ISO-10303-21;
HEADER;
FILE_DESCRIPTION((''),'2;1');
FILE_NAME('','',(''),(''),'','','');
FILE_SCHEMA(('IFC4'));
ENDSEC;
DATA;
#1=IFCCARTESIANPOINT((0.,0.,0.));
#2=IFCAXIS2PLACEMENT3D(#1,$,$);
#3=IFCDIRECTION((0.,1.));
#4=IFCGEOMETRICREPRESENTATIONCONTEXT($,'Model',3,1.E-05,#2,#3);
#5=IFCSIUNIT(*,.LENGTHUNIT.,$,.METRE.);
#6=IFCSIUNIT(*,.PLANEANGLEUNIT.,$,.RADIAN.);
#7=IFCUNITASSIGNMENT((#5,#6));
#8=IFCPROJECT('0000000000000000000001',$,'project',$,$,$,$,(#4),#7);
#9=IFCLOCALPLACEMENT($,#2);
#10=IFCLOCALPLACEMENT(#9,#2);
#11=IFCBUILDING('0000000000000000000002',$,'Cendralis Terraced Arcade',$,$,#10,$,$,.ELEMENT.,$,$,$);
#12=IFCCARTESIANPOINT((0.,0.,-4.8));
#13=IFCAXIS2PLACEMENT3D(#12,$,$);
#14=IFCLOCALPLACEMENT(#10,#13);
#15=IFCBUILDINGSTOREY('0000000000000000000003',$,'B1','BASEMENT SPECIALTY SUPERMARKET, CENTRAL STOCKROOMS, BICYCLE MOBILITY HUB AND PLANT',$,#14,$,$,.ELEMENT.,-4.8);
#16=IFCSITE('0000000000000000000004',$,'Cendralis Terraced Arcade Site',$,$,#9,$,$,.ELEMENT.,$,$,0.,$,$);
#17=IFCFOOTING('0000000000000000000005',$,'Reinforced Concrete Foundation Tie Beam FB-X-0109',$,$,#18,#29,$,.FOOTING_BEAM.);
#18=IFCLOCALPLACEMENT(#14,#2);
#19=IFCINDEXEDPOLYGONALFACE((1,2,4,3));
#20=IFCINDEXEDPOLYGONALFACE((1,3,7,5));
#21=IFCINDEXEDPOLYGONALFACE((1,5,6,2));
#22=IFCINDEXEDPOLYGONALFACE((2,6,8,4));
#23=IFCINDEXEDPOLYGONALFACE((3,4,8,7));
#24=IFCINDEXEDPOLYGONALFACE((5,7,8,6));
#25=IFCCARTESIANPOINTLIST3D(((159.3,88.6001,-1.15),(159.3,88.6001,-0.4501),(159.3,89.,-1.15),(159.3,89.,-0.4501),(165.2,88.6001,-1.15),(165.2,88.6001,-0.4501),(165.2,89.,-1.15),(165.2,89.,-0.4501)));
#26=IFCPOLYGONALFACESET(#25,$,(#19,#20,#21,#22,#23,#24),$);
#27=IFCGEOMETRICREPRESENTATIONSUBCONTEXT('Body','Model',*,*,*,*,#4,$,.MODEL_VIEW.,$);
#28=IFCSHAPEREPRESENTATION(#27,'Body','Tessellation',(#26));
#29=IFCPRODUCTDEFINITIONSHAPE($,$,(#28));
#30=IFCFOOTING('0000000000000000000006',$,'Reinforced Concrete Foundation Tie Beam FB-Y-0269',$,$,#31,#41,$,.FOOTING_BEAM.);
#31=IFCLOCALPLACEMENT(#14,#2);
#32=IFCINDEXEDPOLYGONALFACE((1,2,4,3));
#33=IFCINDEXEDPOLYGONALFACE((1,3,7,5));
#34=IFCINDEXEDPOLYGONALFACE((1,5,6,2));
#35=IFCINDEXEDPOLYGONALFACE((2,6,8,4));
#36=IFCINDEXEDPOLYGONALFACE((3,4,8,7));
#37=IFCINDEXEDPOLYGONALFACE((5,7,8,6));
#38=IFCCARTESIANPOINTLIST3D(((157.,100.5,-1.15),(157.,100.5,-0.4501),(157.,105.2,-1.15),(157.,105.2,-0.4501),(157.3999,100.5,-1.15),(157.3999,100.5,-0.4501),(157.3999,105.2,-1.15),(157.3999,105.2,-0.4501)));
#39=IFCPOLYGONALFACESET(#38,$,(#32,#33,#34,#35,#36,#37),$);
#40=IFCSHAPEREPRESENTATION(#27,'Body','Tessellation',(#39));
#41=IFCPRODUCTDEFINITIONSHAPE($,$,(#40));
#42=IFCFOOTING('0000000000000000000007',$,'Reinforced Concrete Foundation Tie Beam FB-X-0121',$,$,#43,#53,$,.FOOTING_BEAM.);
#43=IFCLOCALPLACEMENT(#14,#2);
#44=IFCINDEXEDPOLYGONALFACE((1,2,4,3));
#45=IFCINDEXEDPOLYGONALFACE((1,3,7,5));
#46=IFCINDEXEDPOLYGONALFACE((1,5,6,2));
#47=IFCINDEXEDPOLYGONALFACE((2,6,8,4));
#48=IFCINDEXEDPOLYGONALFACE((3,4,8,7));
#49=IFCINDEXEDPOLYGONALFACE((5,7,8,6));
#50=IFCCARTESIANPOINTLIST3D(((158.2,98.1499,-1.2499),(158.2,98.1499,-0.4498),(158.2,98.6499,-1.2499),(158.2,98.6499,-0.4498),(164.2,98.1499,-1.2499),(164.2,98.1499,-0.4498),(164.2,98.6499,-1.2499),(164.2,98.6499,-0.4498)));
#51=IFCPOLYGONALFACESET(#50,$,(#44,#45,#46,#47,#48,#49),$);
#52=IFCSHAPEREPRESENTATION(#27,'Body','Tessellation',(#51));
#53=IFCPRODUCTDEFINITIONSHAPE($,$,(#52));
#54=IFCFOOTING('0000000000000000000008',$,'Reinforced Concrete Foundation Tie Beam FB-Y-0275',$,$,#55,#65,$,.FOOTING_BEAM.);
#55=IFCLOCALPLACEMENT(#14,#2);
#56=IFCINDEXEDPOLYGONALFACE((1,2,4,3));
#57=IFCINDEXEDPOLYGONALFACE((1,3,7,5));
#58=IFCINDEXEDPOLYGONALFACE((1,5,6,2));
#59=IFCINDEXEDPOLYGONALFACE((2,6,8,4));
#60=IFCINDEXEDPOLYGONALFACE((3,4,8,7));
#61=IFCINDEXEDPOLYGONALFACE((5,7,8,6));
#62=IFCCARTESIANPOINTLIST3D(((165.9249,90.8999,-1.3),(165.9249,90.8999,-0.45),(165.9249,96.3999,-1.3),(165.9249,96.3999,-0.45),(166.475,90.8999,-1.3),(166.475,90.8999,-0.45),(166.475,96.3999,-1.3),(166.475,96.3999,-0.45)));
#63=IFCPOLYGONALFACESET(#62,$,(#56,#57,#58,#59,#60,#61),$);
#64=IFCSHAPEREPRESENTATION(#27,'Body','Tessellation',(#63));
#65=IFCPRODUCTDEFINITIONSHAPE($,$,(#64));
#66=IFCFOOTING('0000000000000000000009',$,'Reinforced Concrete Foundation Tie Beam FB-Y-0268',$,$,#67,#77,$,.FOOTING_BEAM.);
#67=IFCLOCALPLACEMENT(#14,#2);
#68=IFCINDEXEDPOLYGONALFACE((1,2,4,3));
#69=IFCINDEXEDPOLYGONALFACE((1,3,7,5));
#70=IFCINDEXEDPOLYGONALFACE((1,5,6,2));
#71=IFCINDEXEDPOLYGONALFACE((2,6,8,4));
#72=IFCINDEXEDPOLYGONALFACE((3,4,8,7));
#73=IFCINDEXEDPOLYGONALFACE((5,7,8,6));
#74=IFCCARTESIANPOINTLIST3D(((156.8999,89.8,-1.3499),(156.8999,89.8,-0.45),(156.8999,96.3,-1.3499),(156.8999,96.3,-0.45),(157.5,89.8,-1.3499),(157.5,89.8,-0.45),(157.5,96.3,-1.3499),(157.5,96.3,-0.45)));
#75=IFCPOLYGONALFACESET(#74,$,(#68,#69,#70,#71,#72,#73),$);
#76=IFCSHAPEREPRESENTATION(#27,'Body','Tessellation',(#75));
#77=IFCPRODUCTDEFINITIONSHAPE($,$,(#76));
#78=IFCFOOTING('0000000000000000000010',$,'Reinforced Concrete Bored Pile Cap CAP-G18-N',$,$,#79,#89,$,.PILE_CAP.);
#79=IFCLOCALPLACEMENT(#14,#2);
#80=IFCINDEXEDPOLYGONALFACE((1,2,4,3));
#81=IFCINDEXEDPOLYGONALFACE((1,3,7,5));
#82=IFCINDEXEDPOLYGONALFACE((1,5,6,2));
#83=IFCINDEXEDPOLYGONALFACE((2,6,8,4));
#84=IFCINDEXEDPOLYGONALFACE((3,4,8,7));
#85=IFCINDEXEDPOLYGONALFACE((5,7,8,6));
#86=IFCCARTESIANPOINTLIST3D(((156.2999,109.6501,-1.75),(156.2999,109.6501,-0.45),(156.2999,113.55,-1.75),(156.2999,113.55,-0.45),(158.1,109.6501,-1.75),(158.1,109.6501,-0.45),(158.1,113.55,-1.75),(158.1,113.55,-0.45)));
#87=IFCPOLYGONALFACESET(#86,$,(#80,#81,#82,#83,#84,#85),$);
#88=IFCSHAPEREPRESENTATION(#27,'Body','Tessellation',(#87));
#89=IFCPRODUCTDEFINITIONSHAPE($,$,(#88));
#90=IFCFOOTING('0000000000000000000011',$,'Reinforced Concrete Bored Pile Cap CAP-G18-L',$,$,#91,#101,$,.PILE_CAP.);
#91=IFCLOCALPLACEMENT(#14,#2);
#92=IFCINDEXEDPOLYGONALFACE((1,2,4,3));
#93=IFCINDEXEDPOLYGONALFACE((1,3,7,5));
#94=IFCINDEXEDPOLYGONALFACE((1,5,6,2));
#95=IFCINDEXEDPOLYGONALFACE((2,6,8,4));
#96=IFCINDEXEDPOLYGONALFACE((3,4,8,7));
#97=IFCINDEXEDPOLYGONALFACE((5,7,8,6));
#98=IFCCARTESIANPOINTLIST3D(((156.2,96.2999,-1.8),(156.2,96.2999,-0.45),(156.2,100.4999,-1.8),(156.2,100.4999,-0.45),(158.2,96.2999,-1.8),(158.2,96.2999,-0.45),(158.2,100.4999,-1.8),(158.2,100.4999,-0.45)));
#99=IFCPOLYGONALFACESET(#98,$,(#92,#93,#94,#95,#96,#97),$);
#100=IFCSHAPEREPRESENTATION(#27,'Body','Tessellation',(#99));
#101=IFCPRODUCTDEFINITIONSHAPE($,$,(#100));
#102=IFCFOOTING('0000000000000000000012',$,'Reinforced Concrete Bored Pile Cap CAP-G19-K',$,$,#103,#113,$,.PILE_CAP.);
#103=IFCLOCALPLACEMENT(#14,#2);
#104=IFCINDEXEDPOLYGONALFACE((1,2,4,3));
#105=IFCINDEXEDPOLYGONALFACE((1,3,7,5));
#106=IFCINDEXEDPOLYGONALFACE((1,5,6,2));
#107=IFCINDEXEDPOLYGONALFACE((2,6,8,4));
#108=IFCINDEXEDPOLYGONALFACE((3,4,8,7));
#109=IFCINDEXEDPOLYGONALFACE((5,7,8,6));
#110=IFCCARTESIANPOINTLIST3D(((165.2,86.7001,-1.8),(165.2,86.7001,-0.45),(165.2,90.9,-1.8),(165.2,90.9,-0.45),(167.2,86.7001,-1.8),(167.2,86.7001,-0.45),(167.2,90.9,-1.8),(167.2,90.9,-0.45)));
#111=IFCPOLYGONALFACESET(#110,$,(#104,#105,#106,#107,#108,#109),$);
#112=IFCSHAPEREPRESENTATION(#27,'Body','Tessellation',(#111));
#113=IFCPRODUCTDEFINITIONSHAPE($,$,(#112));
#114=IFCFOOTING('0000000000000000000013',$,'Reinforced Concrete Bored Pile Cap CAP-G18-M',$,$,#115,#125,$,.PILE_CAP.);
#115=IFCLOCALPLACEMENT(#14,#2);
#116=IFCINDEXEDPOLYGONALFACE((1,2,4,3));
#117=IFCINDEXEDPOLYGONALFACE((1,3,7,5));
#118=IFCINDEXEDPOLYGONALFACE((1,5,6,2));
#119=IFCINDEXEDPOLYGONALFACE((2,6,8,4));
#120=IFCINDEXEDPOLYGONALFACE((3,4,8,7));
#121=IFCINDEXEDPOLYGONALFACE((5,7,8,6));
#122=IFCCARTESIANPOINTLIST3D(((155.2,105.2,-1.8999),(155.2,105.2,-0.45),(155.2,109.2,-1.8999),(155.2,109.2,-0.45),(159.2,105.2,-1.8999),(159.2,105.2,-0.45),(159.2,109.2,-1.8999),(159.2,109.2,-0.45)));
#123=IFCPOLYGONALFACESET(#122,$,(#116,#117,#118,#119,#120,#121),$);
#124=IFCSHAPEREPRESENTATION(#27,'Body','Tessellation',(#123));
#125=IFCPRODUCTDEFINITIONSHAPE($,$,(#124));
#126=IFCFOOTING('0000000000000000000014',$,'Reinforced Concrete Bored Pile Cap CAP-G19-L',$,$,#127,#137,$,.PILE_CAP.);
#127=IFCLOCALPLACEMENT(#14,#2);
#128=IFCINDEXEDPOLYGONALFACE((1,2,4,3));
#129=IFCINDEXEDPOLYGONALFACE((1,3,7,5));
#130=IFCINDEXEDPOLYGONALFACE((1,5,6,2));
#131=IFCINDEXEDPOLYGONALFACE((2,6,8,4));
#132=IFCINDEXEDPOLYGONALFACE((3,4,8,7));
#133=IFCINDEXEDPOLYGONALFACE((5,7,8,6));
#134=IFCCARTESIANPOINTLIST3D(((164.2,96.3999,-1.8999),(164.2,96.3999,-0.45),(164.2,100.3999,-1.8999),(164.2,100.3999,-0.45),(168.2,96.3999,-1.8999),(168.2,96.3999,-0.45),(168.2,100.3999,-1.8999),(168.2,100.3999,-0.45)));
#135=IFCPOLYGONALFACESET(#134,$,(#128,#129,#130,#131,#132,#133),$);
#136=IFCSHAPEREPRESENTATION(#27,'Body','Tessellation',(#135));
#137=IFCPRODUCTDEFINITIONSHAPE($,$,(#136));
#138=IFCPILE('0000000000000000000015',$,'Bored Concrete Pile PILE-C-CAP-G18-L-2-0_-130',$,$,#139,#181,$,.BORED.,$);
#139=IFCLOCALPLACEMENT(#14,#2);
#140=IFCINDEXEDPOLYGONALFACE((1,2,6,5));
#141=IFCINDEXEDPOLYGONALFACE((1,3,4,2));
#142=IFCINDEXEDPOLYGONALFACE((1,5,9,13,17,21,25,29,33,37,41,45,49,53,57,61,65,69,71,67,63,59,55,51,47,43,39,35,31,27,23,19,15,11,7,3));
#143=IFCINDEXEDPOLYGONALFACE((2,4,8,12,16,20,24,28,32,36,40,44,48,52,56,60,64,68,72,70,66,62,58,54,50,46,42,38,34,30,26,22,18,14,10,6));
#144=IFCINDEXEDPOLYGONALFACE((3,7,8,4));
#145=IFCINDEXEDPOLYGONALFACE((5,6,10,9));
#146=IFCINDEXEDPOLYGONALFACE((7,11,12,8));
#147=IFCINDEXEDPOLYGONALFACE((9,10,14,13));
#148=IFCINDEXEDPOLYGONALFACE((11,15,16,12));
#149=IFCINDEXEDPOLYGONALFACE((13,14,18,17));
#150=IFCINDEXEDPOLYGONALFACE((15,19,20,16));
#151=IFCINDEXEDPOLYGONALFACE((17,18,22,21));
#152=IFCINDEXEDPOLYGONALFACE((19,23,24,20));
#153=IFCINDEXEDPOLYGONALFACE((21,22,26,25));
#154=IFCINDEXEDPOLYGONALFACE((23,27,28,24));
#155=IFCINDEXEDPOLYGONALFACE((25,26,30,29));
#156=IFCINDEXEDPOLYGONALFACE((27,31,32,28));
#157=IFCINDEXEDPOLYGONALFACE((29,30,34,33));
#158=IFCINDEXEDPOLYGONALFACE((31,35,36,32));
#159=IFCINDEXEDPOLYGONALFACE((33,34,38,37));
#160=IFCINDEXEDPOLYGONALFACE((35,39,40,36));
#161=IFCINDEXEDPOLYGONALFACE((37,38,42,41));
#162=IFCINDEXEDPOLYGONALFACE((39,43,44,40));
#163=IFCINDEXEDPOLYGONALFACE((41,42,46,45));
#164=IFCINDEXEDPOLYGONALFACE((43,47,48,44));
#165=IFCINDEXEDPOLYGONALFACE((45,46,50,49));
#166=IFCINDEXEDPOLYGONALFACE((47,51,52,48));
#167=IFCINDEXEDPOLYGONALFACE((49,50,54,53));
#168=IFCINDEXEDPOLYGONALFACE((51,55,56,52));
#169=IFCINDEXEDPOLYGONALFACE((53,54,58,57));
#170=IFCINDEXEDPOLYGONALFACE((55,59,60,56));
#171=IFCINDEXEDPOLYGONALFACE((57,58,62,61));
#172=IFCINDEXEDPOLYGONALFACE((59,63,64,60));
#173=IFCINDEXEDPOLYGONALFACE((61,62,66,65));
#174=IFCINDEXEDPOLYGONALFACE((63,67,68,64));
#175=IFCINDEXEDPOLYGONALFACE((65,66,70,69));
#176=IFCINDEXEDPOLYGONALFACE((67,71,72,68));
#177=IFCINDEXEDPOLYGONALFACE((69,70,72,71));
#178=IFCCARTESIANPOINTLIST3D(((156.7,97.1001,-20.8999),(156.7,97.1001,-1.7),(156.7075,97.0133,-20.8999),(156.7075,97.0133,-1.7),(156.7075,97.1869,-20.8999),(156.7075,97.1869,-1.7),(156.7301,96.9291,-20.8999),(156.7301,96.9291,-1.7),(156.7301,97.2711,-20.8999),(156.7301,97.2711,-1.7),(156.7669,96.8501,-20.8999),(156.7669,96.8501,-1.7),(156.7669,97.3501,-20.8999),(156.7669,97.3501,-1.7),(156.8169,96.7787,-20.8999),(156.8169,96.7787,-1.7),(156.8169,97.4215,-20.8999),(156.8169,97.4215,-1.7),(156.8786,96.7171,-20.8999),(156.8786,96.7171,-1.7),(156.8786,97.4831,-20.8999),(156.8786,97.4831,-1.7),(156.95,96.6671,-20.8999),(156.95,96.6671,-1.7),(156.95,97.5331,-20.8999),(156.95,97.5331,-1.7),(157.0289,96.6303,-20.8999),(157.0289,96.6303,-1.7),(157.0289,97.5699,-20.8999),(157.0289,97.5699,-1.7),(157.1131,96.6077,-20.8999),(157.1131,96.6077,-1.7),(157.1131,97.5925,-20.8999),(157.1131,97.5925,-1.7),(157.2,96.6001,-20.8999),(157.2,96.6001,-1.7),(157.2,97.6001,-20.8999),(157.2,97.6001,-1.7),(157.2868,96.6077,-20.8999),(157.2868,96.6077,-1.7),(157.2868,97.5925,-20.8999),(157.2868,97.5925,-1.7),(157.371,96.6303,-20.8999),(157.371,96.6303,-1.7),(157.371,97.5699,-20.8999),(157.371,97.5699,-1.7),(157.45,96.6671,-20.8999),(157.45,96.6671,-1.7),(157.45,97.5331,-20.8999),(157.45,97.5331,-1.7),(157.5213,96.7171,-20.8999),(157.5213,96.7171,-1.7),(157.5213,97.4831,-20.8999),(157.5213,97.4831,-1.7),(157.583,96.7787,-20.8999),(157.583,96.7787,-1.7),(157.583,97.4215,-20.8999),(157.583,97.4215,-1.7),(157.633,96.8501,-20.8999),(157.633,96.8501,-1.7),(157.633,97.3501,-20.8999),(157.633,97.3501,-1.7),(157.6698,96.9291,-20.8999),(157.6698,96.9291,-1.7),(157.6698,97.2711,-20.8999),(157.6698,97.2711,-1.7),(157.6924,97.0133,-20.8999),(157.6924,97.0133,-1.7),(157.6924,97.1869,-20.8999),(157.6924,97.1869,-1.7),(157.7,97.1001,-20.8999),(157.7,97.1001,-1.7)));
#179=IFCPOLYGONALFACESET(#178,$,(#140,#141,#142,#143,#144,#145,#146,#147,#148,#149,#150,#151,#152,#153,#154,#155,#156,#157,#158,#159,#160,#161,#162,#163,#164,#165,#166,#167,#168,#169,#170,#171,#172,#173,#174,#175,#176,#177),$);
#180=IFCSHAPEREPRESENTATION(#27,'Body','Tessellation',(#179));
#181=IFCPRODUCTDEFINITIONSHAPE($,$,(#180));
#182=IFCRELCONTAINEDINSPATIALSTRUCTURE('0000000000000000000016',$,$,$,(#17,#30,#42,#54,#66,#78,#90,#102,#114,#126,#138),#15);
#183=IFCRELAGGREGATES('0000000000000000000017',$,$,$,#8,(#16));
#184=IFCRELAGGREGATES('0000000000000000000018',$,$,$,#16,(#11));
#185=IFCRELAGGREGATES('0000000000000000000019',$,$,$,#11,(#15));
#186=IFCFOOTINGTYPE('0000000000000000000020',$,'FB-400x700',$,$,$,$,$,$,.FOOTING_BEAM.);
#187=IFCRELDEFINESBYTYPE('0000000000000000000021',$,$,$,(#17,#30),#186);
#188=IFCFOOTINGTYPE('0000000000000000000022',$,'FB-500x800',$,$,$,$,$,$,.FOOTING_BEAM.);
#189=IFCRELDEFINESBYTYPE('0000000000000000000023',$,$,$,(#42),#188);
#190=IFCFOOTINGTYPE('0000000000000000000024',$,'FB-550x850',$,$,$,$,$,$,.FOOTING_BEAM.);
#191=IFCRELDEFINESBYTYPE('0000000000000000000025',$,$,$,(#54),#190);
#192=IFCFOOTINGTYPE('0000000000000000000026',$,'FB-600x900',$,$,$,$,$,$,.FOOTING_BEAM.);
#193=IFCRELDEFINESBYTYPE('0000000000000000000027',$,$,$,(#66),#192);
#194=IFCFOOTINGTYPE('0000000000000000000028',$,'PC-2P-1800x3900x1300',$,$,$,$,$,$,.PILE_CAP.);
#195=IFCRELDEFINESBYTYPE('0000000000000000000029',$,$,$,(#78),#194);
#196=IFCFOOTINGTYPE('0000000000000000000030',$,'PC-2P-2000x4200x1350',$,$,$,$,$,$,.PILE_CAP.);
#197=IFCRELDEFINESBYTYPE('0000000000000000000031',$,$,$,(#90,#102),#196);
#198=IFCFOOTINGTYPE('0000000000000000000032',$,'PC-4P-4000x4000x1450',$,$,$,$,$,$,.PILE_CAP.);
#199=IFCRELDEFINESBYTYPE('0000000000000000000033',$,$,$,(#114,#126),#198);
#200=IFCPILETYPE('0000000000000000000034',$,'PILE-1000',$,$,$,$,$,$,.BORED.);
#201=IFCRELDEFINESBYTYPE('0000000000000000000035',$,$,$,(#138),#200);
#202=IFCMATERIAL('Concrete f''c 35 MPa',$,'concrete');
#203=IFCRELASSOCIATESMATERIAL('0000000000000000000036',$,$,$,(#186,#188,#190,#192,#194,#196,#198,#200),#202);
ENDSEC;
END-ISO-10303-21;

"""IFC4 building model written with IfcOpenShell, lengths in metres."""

from ifc_helpers import new_model, si_unit, direction, frame, origin, origin_2d, place, context, subcontext, project, spatial, rectangle, circle, extrude, material, material_profile, profile_set, type_object, element, save


model = new_model("IFC4")

# Units and contexts
model_context = context("Model", 3, precision=1e-05, world=origin(), true_north=direction((0.0, 1.0)))
body_context = subcontext(model_context, "Body", "Model", "MODEL_VIEW")
ifc_project = project(units=[si_unit("LENGTHUNIT", "METRE"), si_unit("PLANEANGLEUNIT", "RADIAN")], contexts=[model_context])

# Site, building, storey
site_placement = place(None, origin())
site = spatial("IfcSite", under=ifc_project, at=site_placement, Name="Cendralis Terraced Arcade Site", CompositionType="ELEMENT", RefElevation=0.0)
building_placement = place(site_placement, origin())
building = spatial("IfcBuilding", under=site, at=building_placement, Name="Cendralis Terraced Arcade", CompositionType="ELEMENT")
storey_placement = place(building_placement, frame((0.0, 0.0, -4.8)))
storey = spatial("IfcBuildingStorey", under=building, at=storey_placement, Name="B1", Description="BASEMENT SPECIALTY SUPERMARKET, CENTRAL STOCKROOMS, BICYCLE MOBILITY HUB AND PLANT", CompositionType="ELEMENT", Elevation=-4.8)

# Footings
ifc_material_1 = material(Name="Concrete f'c 35 MPa", Category="concrete")
ifc_material_profile_1 = material_profile(ifc_material_1, rectangle(XDim=0.3999, YDim=0.7, at=origin_2d()), Name="FB-400x700", Category="LoadBearing")
ifc_profile_set_1 = profile_set([ifc_material_profile_1], Name="Concrete f'c 35 MPa")
footing_type_1 = type_object("IfcFootingType", Name="FB-400x700", PredefinedType="FOOTING_BEAM", material=ifc_profile_set_1)
footing_1_placement = place(storey_placement, frame((159.3, 88.8, -0.8), z_axis=(1.0, 0.0, 0.0), x_axis=(0.0, 1.0, 0.0)))
element("IfcFooting", 1, at=footing_1_placement, inside=storey, type_object=footing_type_1, Name="Reinforced Concrete Foundation Tie Beam FB-X-0109", PredefinedType="FOOTING_BEAM", context=body_context, shape_type="SweptSolid", body=[
    extrude(rectangle(XDim=0.3999, YDim=0.7, at=origin_2d()), origin(), (0.0, 0.0, 1.0), 5.8999),
])
footing_2_placement = place(storey_placement, frame((157.2, 100.5, -0.8), z_axis=(0.0, 1.0, 0.0), x_axis=(-1.0, 0.0, 0.0)))
element("IfcFooting", 2, at=footing_2_placement, inside=storey, type_object=footing_type_1, Name="Reinforced Concrete Foundation Tie Beam FB-Y-0269", PredefinedType="FOOTING_BEAM", context=body_context, shape_type="SweptSolid", body=[
    extrude(rectangle(XDim=0.3999, YDim=0.7, at=origin_2d()), origin(), (0.0, 0.0, 1.0), 4.7),
])
ifc_material_profile_2 = material_profile(ifc_material_1, rectangle(XDim=0.5, YDim=0.8, at=origin_2d()), Name="FB-500x800", Category="LoadBearing")
ifc_profile_set_2 = profile_set([ifc_material_profile_2], Name="Concrete f'c 35 MPa")
footing_type_2 = type_object("IfcFootingType", Name="FB-500x800", PredefinedType="FOOTING_BEAM", material=ifc_profile_set_2)
footing_3_placement = place(storey_placement, frame((158.2, 98.3999, -0.8499), z_axis=(1.0, 0.0, 0.0), x_axis=(0.0, 1.0, 0.0)))
element("IfcFooting", 3, at=footing_3_placement, inside=storey, type_object=footing_type_2, Name="Reinforced Concrete Foundation Tie Beam FB-X-0121", PredefinedType="FOOTING_BEAM", context=body_context, shape_type="SweptSolid", body=[
    extrude(rectangle(XDim=0.5, YDim=0.8, at=origin_2d()), origin(), (0.0, 0.0, 1.0), 6.0),
])
ifc_material_profile_3 = material_profile(ifc_material_1, rectangle(XDim=0.55, YDim=0.8501, at=origin_2d()), Name="FB-550x850", Category="LoadBearing")
ifc_profile_set_3 = profile_set([ifc_material_profile_3], Name="Concrete f'c 35 MPa")
footing_type_3 = type_object("IfcFootingType", Name="FB-550x850", PredefinedType="FOOTING_BEAM", material=ifc_profile_set_3)
footing_4_placement = place(storey_placement, frame((166.2, 90.8999, -0.875), z_axis=(0.0, 1.0, 0.0), x_axis=(-1.0, 0.0, 0.0)))
element("IfcFooting", 4, at=footing_4_placement, inside=storey, type_object=footing_type_3, Name="Reinforced Concrete Foundation Tie Beam FB-Y-0275", PredefinedType="FOOTING_BEAM", context=body_context, shape_type="SweptSolid", body=[
    extrude(rectangle(XDim=0.55, YDim=0.8501, at=origin_2d()), origin(), (0.0, 0.0, 1.0), 5.5),
])
ifc_material_profile_4 = material_profile(ifc_material_1, rectangle(XDim=0.6001, YDim=0.8999, at=origin_2d()), Name="FB-600x900", Category="LoadBearing")
ifc_profile_set_4 = profile_set([ifc_material_profile_4], Name="Concrete f'c 35 MPa")
footing_type_4 = type_object("IfcFootingType", Name="FB-600x900", PredefinedType="FOOTING_BEAM", material=ifc_profile_set_4)
footing_5_placement = place(storey_placement, frame((157.2, 89.8, -0.8999), z_axis=(0.0, 1.0, 0.0), x_axis=(-1.0, 0.0, 0.0)))
element("IfcFooting", 5, at=footing_5_placement, inside=storey, type_object=footing_type_4, Name="Reinforced Concrete Foundation Tie Beam FB-Y-0268", PredefinedType="FOOTING_BEAM", context=body_context, shape_type="SweptSolid", body=[
    extrude(rectangle(XDim=0.6001, YDim=0.8999, at=origin_2d()), origin(), (0.0, 0.0, 1.0), 6.5),
])
footing_type_5 = type_object("IfcFootingType", Name="PC-2P-1800x3900x1300", PredefinedType="PILE_CAP", material=ifc_material_1)
footing_6_placement = place(storey_placement, frame((157.2, 111.6001, -1.75), z_axis=(0.0, 0.0, 1.0), x_axis=(1.0, 0.0, 0.0)))
element("IfcFooting", 6, at=footing_6_placement, inside=storey, type_object=footing_type_5, Name="Reinforced Concrete Bored Pile Cap CAP-G18-N", PredefinedType="PILE_CAP", context=body_context, shape_type="SweptSolid", body=[
    extrude(rectangle(XDim=1.8, YDim=3.8999, at=origin_2d()), origin(), (0.0, 0.0, 1.0), 1.3),
])
footing_type_6 = type_object("IfcFootingType", Name="PC-2P-2000x4200x1350", PredefinedType="PILE_CAP", material=ifc_material_1)
for number, where, z_axis, x_axis, name in (
    (7, (157.2, 98.3999, -1.8), (0.0, 0.0, 1.0), (1.0, 0.0, 0.0), "Reinforced Concrete Bored Pile Cap CAP-G18-L"),
    (8, (166.2, 88.8, -1.8), (0.0, 0.0, 1.0), (1.0, 0.0, 0.0), "Reinforced Concrete Bored Pile Cap CAP-G19-K"),
):
    element("IfcFooting", number, at=place(storey_placement, frame(where, z_axis=z_axis, x_axis=x_axis)), inside=storey, type_object=footing_type_6, Name=name, PredefinedType="PILE_CAP", context=body_context, shape_type="SweptSolid", body=[
        extrude(rectangle(XDim=2.0, YDim=4.2, at=origin_2d()), origin(), (0.0, 0.0, 1.0), 1.3501),
    ])
footing_type_7 = type_object("IfcFootingType", Name="PC-4P-4000x4000x1450", PredefinedType="PILE_CAP", material=ifc_material_1)
for number, where, z_axis, x_axis, name in (
    (9, (157.2, 107.2, -1.8999), (0.0, 0.0, 1.0), (1.0, 0.0, 0.0), "Reinforced Concrete Bored Pile Cap CAP-G18-M"),
    (10, (166.2, 98.3999, -1.8999), (0.0, 0.0, 1.0), (1.0, 0.0, 0.0), "Reinforced Concrete Bored Pile Cap CAP-G19-L"),
):
    element("IfcFooting", number, at=place(storey_placement, frame(where, z_axis=z_axis, x_axis=x_axis)), inside=storey, type_object=footing_type_7, Name=name, PredefinedType="PILE_CAP", context=body_context, shape_type="SweptSolid", body=[
        extrude(rectangle(XDim=4.0, YDim=4.0, at=origin_2d()), origin(), (0.0, 0.0, 1.0), 1.45),
    ])

# Pile
ifc_material_profile_5 = material_profile(ifc_material_1, circle(Radius=0.5, at=origin_2d()), Name="PILE-D1000", Category="LoadBearing")
ifc_profile_set_5 = profile_set([ifc_material_profile_5], Name="Concrete f'c 35 MPa")
pile_type_1 = type_object("IfcPileType", Name="PILE-1000", PredefinedType="BORED", material=ifc_profile_set_5)
for number, where, z_axis, x_axis, name in (
    (11, (157.2, 97.1001, -1.7), (0.0, 0.0, -1.0), (1.0, 0.0, 0.0), "Bored Concrete Pile PILE-C-CAP-G18-L-2-0_-130"),
):
    element("IfcPile", number, at=place(storey_placement, frame(where, z_axis=z_axis, x_axis=x_axis)), inside=storey, type_object=pile_type_1, Name=name, PredefinedType="BORED", context=body_context, shape_type="SweptSolid", body=[
        extrude(circle(Radius=0.5, at=origin_2d()), origin(), (0.0, 0.0, 1.0), 19.2),
    ])

save(model, "model.ifc")
